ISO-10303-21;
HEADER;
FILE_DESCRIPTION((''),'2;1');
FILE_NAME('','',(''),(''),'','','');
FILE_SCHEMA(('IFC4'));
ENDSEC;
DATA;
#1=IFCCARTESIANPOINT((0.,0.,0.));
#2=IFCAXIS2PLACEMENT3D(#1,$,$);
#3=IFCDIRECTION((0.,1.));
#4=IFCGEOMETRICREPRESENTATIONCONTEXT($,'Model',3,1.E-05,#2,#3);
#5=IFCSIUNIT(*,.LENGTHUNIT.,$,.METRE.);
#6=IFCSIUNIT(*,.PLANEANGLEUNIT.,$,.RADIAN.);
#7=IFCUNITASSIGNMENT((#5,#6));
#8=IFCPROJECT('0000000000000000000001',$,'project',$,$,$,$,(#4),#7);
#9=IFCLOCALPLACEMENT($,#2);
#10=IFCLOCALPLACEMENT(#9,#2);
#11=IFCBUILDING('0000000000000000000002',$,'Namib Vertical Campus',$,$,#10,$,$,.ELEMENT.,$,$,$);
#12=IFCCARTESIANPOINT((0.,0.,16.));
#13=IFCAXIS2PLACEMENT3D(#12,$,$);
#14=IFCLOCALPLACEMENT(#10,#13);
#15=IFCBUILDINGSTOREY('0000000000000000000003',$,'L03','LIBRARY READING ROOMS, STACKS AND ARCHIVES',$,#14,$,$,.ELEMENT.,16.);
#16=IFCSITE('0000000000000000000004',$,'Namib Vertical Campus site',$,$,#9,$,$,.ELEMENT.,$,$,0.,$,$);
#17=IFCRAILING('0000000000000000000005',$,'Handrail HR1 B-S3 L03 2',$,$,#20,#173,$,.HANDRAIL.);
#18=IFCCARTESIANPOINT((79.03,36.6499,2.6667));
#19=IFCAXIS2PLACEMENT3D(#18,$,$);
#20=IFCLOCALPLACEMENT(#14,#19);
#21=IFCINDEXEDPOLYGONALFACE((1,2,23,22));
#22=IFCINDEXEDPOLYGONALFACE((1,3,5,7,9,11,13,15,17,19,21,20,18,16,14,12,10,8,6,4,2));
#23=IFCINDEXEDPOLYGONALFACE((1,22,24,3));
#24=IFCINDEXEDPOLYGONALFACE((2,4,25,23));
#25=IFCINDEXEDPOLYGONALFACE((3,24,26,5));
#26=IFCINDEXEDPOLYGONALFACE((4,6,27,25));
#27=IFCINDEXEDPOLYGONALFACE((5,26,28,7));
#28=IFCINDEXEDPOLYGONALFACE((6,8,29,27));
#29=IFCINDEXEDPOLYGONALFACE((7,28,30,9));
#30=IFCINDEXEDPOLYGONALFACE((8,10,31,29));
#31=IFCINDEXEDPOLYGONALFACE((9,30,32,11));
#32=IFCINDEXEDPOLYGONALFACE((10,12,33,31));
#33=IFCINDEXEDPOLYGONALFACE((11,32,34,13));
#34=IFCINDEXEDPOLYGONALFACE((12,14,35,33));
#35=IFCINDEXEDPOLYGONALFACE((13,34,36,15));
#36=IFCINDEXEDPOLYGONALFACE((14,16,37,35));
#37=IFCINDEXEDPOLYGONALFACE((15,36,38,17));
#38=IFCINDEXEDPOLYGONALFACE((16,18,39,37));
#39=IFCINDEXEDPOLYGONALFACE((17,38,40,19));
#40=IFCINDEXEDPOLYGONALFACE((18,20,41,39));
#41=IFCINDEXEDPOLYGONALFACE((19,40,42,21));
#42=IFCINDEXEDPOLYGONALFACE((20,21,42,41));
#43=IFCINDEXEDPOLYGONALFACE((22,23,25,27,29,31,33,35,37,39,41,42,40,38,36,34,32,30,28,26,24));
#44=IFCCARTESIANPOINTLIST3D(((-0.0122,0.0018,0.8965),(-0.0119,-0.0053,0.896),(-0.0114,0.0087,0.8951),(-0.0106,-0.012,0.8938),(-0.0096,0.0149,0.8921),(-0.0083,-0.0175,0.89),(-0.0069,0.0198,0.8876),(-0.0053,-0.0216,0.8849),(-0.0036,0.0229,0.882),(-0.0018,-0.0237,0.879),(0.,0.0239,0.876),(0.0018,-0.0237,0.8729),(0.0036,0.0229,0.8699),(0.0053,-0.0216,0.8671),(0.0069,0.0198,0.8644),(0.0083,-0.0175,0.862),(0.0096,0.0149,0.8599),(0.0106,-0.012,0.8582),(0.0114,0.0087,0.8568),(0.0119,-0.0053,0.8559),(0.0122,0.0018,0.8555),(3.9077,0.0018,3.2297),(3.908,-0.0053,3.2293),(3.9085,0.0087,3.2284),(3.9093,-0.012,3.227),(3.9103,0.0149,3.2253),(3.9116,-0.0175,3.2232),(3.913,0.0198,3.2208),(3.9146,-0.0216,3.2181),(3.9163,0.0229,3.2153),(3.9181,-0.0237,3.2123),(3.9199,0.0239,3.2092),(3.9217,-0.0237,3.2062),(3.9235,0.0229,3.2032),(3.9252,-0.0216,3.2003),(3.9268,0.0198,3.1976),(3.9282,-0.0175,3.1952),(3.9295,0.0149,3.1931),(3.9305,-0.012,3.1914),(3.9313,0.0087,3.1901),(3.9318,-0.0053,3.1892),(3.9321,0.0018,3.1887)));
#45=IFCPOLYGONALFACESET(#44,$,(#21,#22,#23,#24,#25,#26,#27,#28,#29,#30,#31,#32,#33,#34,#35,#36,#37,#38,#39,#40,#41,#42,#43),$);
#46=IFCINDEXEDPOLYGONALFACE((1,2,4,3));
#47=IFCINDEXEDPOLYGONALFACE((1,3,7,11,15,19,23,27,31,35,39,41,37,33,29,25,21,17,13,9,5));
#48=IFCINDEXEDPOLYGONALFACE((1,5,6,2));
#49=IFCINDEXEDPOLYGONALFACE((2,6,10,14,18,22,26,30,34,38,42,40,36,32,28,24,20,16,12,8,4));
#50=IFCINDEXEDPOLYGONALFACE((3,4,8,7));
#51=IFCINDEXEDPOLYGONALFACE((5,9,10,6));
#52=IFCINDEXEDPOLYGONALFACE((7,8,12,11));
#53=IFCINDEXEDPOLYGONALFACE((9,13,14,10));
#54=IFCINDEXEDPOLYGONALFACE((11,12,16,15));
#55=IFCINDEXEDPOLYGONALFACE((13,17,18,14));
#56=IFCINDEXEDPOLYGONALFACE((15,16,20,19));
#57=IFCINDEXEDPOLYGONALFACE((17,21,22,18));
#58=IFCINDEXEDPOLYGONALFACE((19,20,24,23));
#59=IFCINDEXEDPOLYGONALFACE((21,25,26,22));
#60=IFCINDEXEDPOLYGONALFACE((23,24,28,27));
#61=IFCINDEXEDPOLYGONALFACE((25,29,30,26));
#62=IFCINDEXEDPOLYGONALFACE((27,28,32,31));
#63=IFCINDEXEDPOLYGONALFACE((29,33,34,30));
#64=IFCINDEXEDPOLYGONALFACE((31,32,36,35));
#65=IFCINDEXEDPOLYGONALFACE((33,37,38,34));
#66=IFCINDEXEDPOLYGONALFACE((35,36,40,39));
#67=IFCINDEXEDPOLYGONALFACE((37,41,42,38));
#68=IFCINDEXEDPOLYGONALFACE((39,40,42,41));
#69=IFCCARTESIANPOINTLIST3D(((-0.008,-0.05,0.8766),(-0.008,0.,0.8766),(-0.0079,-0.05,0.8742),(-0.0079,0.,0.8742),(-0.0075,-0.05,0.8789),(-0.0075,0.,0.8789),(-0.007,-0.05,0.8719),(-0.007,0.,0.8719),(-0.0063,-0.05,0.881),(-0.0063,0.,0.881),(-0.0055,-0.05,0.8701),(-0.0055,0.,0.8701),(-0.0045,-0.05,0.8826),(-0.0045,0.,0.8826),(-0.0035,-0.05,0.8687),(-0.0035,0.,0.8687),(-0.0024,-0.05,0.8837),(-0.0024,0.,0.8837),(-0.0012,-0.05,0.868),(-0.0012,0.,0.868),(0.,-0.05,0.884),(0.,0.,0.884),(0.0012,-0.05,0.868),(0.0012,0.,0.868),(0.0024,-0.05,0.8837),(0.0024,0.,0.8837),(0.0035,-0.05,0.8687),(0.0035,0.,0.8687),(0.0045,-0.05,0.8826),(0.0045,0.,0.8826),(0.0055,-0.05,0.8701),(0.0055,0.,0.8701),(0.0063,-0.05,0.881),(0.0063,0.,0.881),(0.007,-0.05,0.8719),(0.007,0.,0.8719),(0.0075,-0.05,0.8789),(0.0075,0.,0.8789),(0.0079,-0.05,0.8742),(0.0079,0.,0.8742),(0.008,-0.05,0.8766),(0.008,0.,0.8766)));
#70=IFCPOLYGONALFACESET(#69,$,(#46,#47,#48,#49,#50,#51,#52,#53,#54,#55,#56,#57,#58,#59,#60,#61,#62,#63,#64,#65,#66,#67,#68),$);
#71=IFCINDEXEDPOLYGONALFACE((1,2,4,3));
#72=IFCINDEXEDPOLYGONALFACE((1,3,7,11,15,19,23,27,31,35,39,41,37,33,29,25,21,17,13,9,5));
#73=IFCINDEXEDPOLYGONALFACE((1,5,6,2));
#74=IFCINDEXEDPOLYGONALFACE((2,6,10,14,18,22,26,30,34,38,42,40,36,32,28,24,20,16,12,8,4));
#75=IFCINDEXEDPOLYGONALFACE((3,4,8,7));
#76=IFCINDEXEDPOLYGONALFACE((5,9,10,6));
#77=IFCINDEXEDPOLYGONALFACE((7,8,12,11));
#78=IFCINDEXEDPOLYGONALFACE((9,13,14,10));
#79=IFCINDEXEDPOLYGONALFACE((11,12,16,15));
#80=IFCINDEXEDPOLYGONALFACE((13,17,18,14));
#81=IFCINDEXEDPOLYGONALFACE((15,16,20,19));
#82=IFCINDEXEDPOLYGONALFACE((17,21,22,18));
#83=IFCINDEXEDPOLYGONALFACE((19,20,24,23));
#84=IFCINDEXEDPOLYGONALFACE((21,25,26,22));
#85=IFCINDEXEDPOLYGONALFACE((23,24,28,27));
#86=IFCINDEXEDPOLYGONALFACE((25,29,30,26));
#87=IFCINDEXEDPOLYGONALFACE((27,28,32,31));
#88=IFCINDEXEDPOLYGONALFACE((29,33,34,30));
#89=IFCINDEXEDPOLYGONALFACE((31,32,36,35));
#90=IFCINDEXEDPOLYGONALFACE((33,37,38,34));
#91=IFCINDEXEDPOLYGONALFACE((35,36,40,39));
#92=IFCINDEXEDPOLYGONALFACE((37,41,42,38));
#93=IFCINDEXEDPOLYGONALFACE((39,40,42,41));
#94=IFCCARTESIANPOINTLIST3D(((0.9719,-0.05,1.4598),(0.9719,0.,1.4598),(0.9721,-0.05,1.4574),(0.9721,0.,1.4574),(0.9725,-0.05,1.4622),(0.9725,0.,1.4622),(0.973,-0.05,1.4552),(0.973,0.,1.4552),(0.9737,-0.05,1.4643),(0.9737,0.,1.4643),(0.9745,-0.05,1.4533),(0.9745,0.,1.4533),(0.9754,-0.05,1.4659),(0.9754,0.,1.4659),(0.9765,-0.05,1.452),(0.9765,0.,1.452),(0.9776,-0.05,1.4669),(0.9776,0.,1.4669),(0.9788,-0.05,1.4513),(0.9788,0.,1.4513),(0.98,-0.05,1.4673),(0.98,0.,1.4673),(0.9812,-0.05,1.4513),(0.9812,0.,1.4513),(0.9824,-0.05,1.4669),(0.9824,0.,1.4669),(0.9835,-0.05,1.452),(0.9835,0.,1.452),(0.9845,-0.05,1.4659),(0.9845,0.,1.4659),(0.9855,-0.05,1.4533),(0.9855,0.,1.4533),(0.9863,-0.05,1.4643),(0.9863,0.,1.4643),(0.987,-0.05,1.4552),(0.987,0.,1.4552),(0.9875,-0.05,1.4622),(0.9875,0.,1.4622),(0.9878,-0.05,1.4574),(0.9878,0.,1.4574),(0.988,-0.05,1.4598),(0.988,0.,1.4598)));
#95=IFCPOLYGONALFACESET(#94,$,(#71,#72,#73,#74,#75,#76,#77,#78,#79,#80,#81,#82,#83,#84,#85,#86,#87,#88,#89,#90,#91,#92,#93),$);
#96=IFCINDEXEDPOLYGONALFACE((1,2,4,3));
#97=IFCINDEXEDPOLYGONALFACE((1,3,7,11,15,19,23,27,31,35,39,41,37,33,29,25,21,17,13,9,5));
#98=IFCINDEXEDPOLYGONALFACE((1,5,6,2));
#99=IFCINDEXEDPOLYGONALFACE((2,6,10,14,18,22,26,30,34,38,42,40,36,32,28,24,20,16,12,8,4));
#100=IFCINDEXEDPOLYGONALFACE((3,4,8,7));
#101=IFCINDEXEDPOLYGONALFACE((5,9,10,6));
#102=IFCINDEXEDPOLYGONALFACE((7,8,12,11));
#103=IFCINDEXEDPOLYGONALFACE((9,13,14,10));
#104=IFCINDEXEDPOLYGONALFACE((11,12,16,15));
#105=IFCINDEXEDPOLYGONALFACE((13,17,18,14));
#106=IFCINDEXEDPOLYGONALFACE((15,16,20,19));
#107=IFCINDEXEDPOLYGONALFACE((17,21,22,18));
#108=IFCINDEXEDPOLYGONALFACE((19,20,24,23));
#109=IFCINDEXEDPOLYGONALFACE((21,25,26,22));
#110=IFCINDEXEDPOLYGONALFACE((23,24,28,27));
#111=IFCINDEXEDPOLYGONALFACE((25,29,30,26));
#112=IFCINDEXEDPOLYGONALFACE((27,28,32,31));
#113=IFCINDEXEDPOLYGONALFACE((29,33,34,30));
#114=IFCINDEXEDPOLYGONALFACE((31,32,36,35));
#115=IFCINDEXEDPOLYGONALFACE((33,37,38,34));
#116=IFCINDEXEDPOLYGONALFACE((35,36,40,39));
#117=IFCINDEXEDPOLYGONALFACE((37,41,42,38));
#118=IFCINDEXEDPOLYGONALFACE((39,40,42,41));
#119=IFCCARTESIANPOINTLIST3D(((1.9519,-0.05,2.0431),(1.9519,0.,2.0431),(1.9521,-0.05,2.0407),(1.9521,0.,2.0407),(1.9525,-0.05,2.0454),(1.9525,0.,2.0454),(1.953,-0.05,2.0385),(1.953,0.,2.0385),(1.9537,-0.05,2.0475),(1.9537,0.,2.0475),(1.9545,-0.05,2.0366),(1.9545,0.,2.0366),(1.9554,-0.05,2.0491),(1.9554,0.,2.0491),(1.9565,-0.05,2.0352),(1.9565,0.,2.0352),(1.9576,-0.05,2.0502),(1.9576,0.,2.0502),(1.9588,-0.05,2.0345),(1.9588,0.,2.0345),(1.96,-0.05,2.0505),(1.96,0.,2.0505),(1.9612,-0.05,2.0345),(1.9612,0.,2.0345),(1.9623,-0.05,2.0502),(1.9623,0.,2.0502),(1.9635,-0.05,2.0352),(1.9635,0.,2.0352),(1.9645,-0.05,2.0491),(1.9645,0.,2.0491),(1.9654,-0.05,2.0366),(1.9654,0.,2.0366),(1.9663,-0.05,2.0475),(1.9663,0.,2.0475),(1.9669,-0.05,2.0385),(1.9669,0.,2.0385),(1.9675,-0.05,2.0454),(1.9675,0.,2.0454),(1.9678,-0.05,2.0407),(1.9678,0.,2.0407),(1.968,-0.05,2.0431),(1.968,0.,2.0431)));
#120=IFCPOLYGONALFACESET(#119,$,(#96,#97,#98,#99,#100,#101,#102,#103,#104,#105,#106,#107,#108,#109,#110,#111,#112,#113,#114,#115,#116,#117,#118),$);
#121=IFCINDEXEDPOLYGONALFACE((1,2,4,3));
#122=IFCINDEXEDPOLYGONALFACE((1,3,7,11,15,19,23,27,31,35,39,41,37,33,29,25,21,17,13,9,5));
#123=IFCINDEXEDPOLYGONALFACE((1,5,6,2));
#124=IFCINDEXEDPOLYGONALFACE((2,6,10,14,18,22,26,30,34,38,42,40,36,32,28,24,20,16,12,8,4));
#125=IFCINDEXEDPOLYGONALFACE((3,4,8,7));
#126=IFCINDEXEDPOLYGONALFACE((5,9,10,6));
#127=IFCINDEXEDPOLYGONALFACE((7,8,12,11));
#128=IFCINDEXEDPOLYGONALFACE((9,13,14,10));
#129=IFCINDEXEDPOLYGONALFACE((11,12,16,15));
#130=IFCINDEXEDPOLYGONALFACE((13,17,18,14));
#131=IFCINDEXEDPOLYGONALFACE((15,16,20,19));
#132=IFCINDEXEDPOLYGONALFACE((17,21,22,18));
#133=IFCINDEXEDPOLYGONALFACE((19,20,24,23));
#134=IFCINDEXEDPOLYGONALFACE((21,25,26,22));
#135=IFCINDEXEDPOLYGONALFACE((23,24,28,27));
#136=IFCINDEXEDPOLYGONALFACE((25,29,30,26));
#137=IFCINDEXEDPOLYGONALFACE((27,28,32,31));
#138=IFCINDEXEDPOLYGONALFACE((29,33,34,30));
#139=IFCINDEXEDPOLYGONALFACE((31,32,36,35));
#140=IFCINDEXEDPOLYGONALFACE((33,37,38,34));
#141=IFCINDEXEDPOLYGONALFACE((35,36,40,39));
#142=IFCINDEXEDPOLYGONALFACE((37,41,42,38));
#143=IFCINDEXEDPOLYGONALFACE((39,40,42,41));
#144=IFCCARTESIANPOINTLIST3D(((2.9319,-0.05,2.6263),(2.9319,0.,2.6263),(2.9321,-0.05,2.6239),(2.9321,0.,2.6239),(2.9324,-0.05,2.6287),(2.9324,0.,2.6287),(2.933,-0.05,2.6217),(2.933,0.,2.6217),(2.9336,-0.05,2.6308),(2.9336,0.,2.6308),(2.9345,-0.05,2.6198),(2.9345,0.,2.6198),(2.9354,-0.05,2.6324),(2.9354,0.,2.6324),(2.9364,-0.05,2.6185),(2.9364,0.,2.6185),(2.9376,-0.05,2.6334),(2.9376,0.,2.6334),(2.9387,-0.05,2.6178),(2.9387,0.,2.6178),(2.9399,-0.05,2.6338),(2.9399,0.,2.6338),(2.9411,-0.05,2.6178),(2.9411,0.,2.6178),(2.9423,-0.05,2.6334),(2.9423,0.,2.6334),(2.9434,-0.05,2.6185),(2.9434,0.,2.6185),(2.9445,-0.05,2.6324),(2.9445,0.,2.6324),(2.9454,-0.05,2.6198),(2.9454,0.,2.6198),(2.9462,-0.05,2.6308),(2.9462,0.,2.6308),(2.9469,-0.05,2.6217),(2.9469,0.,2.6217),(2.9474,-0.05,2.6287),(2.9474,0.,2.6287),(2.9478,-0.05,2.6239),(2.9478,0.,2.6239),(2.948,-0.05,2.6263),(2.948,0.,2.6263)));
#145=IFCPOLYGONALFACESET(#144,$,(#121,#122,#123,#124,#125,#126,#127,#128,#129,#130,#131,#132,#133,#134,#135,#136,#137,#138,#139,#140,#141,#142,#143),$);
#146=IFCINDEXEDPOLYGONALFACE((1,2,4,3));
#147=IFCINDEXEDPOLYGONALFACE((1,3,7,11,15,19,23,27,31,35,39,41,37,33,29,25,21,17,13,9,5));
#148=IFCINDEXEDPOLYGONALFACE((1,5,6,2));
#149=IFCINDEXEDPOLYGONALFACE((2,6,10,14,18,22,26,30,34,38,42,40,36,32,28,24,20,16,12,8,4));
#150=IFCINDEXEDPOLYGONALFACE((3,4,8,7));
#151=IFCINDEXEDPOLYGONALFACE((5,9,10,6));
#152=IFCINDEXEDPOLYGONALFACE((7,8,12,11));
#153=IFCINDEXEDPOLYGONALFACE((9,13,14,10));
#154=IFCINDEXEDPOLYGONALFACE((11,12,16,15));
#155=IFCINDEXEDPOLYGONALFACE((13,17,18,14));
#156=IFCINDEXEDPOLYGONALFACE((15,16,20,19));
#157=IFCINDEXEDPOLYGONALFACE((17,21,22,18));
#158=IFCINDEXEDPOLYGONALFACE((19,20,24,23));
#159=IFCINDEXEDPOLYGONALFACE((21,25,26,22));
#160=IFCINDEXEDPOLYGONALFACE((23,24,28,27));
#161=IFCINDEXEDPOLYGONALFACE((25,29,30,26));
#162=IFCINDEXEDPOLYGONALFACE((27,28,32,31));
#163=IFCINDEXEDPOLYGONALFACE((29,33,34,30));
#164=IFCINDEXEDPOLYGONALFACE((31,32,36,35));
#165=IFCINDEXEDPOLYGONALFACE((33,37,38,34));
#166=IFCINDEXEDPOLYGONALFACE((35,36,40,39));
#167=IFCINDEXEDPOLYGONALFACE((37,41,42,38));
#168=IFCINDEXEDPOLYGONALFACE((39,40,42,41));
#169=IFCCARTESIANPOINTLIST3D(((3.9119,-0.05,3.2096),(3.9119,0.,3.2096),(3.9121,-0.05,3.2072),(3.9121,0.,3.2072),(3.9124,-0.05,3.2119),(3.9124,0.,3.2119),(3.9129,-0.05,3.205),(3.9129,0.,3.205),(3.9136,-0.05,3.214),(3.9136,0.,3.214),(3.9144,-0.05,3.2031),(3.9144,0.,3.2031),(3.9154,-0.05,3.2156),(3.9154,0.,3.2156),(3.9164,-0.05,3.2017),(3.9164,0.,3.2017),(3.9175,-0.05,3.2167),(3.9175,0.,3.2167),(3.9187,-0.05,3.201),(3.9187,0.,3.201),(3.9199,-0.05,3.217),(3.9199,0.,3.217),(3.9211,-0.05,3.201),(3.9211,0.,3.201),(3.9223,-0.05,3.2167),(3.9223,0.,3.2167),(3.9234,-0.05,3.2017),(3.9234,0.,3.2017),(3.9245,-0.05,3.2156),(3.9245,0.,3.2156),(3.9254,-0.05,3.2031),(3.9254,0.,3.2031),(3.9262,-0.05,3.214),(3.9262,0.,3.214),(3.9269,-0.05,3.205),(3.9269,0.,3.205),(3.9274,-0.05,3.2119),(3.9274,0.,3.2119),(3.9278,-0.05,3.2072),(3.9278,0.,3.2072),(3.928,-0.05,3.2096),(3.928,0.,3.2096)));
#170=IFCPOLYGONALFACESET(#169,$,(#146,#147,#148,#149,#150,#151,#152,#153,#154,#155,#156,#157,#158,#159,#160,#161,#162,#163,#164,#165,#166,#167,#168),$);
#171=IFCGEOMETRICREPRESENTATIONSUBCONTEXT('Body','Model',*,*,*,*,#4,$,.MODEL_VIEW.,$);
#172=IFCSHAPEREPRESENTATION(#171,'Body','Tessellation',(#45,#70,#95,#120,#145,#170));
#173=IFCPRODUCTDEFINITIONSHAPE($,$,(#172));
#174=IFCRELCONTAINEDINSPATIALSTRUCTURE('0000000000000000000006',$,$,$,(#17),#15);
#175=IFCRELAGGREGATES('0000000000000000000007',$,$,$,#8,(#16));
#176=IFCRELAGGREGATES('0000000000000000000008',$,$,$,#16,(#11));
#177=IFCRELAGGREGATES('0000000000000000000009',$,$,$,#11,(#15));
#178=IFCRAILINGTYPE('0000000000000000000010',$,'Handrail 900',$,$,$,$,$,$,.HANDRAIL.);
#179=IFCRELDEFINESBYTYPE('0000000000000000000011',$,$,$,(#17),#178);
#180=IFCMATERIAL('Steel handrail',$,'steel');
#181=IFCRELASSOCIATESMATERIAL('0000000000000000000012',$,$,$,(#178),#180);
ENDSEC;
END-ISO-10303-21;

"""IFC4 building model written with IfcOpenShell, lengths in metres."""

from ifc_helpers import new_model, si_unit, direction, frame, origin, origin_2d, place, context, subcontext, project, spatial, circle, extrude, material, type_object, element, save


model = new_model("IFC4")

# Units and contexts
model_context = context("Model", 3, precision=1e-05, world=origin(), true_north=direction((0.0, 1.0)))
body_context = subcontext(model_context, "Body", "Model", "MODEL_VIEW")
ifc_project = project(units=[si_unit("LENGTHUNIT", "METRE"), si_unit("PLANEANGLEUNIT", "RADIAN")], contexts=[model_context])

# Site, building, storey
site_placement = place(None, origin())
site = spatial("IfcSite", under=ifc_project, at=site_placement, Name="Namib Vertical Campus site", CompositionType="ELEMENT", RefElevation=0.0)
building_placement = place(site_placement, origin())
building = spatial("IfcBuilding", under=site, at=building_placement, Name="Namib Vertical Campus", CompositionType="ELEMENT")
storey_placement = place(building_placement, frame((0.0, 0.0, 16.0)))
storey = spatial("IfcBuildingStorey", under=building, at=storey_placement, Name="L03", Description="LIBRARY READING ROOMS, STACKS AND ARCHIVES", CompositionType="ELEMENT", Elevation=16.0)

# Railing
ifc_material_1 = material(Name="Steel handrail", Category="steel")
railing_type_1 = type_object("IfcRailingType", Name="Handrail 900", PredefinedType="HANDRAIL", material=ifc_material_1)
railing_1_placement = place(storey_placement, frame((79.03, 36.6499, 2.6667)))
element("IfcRailing", 1, at=railing_1_placement, inside=storey, type_object=railing_type_1, Name="Handrail HR1 B-S3 L03 2", PredefinedType="HANDRAIL", context=body_context, shape_type="SweptSolid", body=[
    extrude(circle(Radius=0.0239, at=origin_2d()), frame((0.0, 0.0, 0.876), z_axis=(0.859296, 0.0, 0.511478), x_axis=(0.0, 1.0, 0.0)), (0.0, 0.0, 1.0), 4.5618),
    extrude(circle(Radius=0.0081, at=origin_2d()), frame((0.0, 0.0, 0.876), z_axis=(0.0, -1.0, 0.0), x_axis=(0.0, 0.0, 1.0)), (0.0, 0.0, 1.0), 0.05),
    extrude(circle(Radius=0.0081, at=origin_2d()), frame((0.98, 0.0, 1.4592), z_axis=(0.0, -1.0, 0.0), x_axis=(0.0, 0.0, 1.0)), (0.0, 0.0, 1.0), 0.05),
    extrude(circle(Radius=0.0081, at=origin_2d()), frame((1.96, 0.0, 2.0425), z_axis=(0.0, -1.0, 0.0), x_axis=(0.0, 0.0, 1.0)), (0.0, 0.0, 1.0), 0.05),
    extrude(circle(Radius=0.0081, at=origin_2d()), frame((2.9399, 0.0, 2.6257), z_axis=(0.0, -1.0, 0.0), x_axis=(0.0, 0.0, 1.0)), (0.0, 0.0, 1.0), 0.05),
    extrude(circle(Radius=0.0081, at=origin_2d()), frame((3.9199, 0.0, 3.209), z_axis=(0.0, -1.0, 0.0), x_axis=(0.0, 0.0, 1.0)), (0.0, 0.0, 1.0), 0.05),
])

save(model, "model.ifc")
